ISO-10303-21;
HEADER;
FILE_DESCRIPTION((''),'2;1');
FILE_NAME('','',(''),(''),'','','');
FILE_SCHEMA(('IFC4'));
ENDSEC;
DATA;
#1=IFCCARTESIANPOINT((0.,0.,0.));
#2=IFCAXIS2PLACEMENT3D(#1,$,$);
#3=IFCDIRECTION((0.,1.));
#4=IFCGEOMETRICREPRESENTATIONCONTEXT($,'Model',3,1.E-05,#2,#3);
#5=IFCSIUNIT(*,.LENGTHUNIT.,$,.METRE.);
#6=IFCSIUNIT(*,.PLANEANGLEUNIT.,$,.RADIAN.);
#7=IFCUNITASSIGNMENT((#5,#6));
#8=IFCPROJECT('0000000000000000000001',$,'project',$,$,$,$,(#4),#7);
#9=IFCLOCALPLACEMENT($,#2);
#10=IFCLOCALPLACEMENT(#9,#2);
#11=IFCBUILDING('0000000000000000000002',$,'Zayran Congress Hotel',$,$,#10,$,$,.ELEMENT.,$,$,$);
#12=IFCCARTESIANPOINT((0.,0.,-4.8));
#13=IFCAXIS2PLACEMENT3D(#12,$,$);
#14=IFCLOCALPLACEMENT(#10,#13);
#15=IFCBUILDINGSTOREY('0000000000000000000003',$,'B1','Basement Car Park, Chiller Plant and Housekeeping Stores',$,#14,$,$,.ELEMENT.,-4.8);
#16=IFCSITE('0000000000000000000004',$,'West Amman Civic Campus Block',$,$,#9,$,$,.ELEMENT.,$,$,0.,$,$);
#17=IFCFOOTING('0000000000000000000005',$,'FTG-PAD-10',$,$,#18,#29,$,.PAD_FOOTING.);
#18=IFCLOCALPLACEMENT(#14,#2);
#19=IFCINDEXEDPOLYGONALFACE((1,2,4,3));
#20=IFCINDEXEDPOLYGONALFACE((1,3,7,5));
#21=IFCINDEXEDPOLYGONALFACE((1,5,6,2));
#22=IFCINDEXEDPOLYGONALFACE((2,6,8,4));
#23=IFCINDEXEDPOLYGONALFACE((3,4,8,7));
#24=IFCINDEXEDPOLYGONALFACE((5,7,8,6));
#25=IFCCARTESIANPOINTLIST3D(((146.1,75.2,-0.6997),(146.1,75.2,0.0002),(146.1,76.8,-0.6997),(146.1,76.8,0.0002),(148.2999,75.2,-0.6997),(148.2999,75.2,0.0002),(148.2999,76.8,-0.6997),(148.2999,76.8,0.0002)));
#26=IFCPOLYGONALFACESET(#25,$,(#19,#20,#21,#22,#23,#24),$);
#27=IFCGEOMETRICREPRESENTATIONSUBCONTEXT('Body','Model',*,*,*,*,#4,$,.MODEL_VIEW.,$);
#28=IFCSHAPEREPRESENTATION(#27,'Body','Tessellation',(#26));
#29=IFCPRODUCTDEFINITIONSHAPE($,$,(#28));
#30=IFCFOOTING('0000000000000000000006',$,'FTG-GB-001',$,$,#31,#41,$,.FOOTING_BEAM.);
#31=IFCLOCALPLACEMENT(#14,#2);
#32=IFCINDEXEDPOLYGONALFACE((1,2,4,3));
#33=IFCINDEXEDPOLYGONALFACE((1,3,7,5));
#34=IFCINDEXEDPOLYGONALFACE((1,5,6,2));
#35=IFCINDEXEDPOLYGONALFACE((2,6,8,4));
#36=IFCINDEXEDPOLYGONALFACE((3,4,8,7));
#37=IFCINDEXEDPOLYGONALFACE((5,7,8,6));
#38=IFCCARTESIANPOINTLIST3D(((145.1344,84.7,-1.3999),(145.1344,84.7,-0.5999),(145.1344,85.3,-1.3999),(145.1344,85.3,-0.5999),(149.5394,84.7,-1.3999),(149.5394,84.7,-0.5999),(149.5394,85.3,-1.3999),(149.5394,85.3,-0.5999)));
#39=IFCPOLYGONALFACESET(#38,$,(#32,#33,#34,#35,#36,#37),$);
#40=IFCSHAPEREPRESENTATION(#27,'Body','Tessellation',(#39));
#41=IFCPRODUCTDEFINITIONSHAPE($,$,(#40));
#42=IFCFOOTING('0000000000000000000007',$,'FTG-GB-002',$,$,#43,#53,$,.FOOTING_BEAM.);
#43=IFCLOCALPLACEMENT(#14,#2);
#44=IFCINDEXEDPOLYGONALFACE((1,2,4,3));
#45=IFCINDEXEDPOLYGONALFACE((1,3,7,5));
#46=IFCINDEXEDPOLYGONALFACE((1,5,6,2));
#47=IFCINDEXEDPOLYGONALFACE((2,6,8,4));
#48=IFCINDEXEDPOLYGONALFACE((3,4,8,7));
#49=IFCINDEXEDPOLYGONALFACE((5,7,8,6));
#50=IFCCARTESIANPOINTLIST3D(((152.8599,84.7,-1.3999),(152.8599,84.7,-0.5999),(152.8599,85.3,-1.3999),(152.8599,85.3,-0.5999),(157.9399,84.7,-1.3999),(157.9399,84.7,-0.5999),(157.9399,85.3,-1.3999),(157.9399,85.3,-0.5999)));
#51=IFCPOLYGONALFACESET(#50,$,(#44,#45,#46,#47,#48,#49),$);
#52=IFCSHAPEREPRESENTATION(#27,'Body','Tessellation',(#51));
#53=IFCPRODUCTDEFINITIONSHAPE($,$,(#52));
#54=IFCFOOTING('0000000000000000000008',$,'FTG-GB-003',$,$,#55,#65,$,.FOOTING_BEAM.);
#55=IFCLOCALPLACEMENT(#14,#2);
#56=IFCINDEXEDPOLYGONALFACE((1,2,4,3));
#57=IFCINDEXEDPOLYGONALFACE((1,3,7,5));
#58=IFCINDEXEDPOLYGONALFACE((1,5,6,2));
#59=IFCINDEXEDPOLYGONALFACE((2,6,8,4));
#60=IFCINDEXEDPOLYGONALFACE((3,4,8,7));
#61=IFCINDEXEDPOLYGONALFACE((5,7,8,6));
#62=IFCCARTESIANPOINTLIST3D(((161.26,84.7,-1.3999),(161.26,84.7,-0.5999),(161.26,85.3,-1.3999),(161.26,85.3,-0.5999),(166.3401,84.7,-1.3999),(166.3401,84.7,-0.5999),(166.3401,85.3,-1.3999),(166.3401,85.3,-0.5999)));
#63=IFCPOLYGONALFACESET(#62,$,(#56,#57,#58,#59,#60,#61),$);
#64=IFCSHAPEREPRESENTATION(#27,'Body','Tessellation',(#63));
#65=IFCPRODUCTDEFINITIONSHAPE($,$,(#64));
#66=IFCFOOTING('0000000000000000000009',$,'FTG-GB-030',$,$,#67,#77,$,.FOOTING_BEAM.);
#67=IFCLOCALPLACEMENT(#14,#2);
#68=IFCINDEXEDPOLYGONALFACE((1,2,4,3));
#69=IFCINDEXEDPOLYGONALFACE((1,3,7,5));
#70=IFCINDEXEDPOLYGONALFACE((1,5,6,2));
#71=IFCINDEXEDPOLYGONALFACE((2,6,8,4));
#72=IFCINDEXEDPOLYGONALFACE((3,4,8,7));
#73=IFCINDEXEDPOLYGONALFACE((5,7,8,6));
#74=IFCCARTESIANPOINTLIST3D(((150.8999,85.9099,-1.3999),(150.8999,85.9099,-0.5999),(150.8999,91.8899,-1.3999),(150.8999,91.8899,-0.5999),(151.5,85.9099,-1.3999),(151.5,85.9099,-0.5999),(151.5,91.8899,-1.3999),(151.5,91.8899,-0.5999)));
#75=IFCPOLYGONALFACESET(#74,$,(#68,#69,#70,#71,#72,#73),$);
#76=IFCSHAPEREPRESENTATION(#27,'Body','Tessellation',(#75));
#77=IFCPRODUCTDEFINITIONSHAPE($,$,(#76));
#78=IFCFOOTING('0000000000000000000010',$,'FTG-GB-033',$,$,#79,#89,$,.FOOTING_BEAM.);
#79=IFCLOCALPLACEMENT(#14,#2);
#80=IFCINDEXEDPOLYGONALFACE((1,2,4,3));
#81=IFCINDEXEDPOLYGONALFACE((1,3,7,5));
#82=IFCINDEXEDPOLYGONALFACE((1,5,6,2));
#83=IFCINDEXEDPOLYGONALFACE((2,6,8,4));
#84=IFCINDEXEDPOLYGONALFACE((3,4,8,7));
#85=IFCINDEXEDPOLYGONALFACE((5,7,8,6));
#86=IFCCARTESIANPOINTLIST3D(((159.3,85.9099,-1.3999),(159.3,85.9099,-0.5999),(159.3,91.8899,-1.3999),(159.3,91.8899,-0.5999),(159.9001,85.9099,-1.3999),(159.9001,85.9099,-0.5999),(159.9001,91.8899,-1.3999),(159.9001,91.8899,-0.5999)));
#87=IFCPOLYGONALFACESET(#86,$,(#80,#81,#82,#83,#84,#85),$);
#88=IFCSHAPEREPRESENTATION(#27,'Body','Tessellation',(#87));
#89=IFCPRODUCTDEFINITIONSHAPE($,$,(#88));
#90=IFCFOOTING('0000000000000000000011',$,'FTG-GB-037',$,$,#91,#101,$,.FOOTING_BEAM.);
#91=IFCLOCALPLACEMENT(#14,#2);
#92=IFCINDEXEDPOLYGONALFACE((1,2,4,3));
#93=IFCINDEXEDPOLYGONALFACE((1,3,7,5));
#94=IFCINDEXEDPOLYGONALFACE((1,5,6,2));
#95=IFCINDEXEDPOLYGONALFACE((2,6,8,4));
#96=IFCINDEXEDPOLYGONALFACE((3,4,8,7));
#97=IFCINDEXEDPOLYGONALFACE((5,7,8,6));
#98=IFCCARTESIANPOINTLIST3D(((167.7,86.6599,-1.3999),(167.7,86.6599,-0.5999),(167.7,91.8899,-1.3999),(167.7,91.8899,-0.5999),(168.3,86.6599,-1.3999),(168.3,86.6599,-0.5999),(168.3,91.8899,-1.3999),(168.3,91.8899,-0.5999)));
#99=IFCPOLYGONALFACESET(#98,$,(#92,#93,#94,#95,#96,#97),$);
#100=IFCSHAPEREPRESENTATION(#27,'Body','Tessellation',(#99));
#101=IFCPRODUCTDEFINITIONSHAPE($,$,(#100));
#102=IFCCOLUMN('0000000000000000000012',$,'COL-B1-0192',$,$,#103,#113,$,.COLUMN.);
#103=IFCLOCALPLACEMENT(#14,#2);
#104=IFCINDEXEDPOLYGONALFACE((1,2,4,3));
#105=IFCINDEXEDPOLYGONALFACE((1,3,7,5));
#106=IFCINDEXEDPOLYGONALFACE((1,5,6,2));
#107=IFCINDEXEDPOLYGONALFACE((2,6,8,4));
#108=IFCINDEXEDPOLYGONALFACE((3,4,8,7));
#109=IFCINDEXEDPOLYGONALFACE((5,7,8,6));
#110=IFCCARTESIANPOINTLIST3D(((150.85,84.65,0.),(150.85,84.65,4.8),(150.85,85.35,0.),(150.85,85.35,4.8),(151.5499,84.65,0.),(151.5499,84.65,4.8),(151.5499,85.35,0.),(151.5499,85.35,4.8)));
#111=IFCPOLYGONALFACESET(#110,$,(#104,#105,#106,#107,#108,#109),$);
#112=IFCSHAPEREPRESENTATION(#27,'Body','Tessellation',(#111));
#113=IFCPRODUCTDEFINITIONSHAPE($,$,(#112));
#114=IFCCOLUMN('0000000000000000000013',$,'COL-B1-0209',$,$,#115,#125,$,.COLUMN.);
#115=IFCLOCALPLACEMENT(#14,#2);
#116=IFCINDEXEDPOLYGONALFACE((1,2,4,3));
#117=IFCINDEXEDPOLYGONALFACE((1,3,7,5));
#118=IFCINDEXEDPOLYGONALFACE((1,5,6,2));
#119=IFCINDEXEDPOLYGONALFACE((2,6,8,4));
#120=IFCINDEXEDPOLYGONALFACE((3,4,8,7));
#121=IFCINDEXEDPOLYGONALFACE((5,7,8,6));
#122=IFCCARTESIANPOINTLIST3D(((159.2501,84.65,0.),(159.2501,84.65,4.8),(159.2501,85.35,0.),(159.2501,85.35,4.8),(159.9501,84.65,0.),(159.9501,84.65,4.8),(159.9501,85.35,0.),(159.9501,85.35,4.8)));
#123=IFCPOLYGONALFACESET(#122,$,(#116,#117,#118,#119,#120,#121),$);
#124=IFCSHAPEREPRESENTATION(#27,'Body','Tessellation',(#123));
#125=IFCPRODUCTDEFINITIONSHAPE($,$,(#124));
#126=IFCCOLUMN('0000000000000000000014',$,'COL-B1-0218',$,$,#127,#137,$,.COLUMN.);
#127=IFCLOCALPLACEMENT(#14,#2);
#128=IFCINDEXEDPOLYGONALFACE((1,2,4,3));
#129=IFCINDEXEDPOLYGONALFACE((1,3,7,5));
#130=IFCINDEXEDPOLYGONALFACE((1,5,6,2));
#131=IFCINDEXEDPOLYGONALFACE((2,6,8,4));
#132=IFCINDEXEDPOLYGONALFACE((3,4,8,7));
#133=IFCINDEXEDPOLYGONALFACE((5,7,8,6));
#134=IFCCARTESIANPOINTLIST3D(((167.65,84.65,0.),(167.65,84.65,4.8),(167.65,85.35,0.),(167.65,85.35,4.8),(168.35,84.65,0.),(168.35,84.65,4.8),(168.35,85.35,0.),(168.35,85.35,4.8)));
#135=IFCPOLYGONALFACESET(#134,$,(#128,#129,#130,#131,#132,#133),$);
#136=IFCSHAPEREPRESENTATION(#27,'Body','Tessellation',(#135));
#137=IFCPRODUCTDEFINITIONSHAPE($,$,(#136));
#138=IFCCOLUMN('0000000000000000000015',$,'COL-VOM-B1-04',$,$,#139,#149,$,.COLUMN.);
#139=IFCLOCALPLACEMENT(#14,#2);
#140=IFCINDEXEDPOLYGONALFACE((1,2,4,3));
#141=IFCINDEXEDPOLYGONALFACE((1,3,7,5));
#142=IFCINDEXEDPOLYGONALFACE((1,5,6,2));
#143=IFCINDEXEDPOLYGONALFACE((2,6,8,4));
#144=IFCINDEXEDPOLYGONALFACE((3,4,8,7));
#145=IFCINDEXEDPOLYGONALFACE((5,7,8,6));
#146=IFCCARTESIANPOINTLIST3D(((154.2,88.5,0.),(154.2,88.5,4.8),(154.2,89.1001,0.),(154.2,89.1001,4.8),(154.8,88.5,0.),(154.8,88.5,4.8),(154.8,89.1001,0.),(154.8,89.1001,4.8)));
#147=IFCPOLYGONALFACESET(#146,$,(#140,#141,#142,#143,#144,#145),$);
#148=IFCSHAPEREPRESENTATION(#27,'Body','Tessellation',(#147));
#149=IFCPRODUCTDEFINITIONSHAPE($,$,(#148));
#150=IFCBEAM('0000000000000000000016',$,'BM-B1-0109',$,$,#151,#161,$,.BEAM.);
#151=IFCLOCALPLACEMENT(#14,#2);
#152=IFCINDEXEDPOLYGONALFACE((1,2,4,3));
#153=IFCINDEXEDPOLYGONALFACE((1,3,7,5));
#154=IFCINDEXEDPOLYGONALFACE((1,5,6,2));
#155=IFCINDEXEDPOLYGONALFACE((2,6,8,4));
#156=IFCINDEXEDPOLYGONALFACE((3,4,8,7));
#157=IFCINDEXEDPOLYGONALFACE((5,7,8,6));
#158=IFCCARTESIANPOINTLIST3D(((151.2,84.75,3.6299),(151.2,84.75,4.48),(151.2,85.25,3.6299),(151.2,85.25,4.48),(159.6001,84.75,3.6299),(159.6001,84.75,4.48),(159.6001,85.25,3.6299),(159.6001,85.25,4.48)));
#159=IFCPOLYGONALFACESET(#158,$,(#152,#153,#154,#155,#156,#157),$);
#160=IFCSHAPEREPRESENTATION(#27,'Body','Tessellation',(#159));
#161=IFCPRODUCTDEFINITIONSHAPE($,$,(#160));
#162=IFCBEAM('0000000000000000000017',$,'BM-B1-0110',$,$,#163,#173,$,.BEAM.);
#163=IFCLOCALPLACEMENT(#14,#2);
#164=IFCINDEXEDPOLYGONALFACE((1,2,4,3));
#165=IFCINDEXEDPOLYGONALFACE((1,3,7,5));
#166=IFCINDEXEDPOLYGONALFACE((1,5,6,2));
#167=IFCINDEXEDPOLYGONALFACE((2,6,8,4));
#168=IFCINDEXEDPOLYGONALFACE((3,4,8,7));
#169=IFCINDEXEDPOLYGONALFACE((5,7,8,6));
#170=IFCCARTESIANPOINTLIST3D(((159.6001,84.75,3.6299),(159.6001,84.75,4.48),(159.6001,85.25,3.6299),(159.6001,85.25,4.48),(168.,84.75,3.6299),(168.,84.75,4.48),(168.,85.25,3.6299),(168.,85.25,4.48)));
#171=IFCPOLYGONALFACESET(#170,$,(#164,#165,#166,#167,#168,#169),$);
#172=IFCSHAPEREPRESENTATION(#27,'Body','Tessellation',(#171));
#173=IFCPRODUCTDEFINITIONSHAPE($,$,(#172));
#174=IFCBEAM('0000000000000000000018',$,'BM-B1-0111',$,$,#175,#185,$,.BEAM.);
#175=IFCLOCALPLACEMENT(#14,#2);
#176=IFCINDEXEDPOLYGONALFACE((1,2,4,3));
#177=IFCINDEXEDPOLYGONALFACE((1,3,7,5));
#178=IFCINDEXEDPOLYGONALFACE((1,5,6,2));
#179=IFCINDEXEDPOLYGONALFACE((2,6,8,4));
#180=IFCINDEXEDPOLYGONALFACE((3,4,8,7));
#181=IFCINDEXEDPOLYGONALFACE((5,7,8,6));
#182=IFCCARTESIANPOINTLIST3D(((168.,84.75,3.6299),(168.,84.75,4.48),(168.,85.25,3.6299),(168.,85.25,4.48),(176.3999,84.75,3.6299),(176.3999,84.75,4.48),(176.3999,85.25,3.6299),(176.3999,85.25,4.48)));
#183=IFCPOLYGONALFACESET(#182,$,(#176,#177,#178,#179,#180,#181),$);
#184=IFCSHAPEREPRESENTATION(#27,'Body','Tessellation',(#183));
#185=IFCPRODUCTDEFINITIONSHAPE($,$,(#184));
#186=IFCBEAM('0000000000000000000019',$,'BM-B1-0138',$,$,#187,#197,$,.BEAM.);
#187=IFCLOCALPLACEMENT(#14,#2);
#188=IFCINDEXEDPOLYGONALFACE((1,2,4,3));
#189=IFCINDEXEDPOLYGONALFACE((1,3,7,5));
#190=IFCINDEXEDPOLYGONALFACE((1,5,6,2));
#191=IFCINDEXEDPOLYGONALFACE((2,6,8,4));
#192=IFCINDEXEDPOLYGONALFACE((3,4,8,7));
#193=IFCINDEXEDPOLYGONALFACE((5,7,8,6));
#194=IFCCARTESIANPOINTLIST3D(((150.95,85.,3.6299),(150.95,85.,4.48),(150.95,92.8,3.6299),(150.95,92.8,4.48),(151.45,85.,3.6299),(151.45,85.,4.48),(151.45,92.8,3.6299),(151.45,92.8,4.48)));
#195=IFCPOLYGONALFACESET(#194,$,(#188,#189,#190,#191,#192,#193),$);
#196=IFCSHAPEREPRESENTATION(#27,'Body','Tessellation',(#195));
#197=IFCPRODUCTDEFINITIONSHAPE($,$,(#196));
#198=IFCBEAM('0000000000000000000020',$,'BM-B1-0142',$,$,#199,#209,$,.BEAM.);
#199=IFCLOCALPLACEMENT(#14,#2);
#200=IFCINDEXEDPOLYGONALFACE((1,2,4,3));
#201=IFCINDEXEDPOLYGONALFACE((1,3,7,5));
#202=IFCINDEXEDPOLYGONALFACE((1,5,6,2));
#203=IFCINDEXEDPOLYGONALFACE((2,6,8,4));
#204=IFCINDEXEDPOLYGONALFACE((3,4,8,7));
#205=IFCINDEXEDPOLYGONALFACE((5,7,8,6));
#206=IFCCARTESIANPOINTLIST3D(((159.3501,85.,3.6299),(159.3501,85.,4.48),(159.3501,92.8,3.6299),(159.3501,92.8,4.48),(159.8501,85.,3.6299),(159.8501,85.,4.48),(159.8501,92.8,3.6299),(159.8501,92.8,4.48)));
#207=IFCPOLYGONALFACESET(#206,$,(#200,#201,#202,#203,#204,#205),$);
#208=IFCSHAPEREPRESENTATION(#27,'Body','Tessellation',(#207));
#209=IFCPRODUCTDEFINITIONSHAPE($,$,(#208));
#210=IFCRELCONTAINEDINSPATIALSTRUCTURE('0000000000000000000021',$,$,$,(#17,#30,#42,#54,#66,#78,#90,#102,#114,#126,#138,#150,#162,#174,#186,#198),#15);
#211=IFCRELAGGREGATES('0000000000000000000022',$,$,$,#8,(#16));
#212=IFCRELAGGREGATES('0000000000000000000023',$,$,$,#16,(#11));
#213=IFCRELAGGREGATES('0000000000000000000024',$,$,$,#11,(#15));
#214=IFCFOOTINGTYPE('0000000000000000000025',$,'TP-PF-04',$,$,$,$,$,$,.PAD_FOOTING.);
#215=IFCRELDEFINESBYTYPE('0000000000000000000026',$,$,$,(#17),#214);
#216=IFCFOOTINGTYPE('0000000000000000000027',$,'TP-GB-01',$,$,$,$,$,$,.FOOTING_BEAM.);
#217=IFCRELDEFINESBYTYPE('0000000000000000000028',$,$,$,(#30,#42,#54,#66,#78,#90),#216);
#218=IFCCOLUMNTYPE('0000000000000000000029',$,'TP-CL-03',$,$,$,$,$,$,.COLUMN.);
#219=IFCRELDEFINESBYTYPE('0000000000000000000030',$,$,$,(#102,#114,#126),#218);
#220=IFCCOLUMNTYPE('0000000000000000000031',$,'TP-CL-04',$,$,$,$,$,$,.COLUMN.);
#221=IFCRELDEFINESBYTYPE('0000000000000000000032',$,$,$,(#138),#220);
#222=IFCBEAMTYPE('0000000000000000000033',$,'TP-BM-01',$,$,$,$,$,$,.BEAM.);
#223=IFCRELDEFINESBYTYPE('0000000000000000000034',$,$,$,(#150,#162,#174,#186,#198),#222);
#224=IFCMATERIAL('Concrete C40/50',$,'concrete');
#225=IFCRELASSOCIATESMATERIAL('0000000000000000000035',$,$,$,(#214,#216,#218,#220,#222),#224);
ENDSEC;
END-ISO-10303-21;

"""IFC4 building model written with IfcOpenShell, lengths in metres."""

from ifc_helpers import new_model, si_unit, direction, frame, origin, origin_2d, place, context, subcontext, project, spatial, rectangle, extrude, material, material_profile, profile_set, type_object, element, save


model = new_model("IFC4")

# Units and contexts
model_context = context("Model", 3, precision=1e-05, world=origin(), true_north=direction((0.0, 1.0)))
body_context = subcontext(model_context, "Body", "Model", "MODEL_VIEW")
ifc_project = project(units=[si_unit("LENGTHUNIT", "METRE"), si_unit("PLANEANGLEUNIT", "RADIAN")], contexts=[model_context])

# Site, building, storey
site_placement = place(None, origin())
site = spatial("IfcSite", under=ifc_project, at=site_placement, Name="West Amman Civic Campus Block", CompositionType="ELEMENT", RefElevation=0.0)
building_placement = place(site_placement, origin())
building = spatial("IfcBuilding", under=site, at=building_placement, Name="Zayran Congress Hotel", CompositionType="ELEMENT")
storey_placement = place(building_placement, frame((0.0, 0.0, -4.8)))
storey = spatial("IfcBuildingStorey", under=building, at=storey_placement, Name="B1", Description="Basement Car Park, Chiller Plant and Housekeeping Stores", CompositionType="ELEMENT", Elevation=-4.8)

# Shared definitions
ifc_material = material(Name="Concrete C40/50", Category="concrete")

# Footings
footing_type_1 = type_object("IfcFootingType", Name="TP-PF-04", PredefinedType="PAD_FOOTING", material=ifc_material)
footing_1_placement = place(storey_placement, frame((147.2, 76.0, -0.6997), z_axis=(0.0, 0.0, 1.0), x_axis=(1.0, 0.0, 0.0)))
element("IfcFooting", 1, at=footing_1_placement, inside=storey, type_object=footing_type_1, Name="FTG-PAD-10", PredefinedType="PAD_FOOTING", context=body_context, shape_type="SweptSolid", body=[
    extrude(rectangle(XDim=2.2, YDim=1.6001, at=origin_2d()), origin(), (0.0, 0.0, 1.0), 0.7),
])
footing_type_2 = type_object("IfcFootingType", Name="TP-GB-01", PredefinedType="FOOTING_BEAM", material=ifc_material)
footing_2_placement = place(storey_placement, frame((147.3369, 85.0, -1.3999), z_axis=(0.0, 0.0, 1.0), x_axis=(1.0, 0.0, 0.0)))
element("IfcFooting", 2, at=footing_2_placement, inside=storey, type_object=footing_type_2, Name="FTG-GB-001", PredefinedType="FOOTING_BEAM", context=body_context, shape_type="SweptSolid", body=[
    extrude(rectangle(XDim=4.405, YDim=0.6001, at=origin_2d()), origin(), (0.0, 0.0, 1.0), 0.8),
])
for number, where, z_axis, x_axis, name in (
    (3, (155.3999, 85.0, -1.3999), (0.0, 0.0, 1.0), (1.0, 0.0, 0.0), "FTG-GB-002"),
    (4, (163.8, 85.0, -1.3999), (0.0, 0.0, 1.0), (1.0, 0.0, 0.0), "FTG-GB-003"),
):
    element("IfcFooting", number, at=place(storey_placement, frame(where, z_axis=z_axis, x_axis=x_axis)), inside=storey, type_object=footing_type_2, Name=name, PredefinedType="FOOTING_BEAM", context=body_context, shape_type="SweptSolid", body=[
        extrude(rectangle(XDim=5.0801, YDim=0.6001, at=origin_2d()), origin(), (0.0, 0.0, 1.0), 0.8),
    ])
for number, where, z_axis, x_axis, name in (
    (5, (151.2, 88.8999, -1.3999), (0.0, 0.0, 1.0), (0.0, 1.0, 0.0), "FTG-GB-030"),
    (6, (159.6001, 88.8999, -1.3999), (0.0, 0.0, 1.0), (0.0, 1.0, 0.0), "FTG-GB-033"),
):
    element("IfcFooting", number, at=place(storey_placement, frame(where, z_axis=z_axis, x_axis=x_axis)), inside=storey, type_object=footing_type_2, Name=name, PredefinedType="FOOTING_BEAM", context=body_context, shape_type="SweptSolid", body=[
        extrude(rectangle(XDim=5.98, YDim=0.6001, at=origin_2d()), origin(), (0.0, 0.0, 1.0), 0.8),
    ])
footing_3_placement = place(storey_placement, frame((168.0, 89.2749, -1.3999), z_axis=(0.0, 0.0, 1.0), x_axis=(0.0, 1.0, 0.0)))
element("IfcFooting", 7, at=footing_3_placement, inside=storey, type_object=footing_type_2, Name="FTG-GB-037", PredefinedType="FOOTING_BEAM", context=body_context, shape_type="SweptSolid", body=[
    extrude(rectangle(XDim=5.23, YDim=0.6001, at=origin_2d()), origin(), (0.0, 0.0, 1.0), 0.8),
])

# Columns
ifc_material_profile_1 = material_profile(ifc_material, rectangle(XDim=0.7, YDim=0.7, at=origin_2d()), Name="RC 700x700")
ifc_profile_set_1 = profile_set([ifc_material_profile_1], Name="Concrete C40/50")
column_type_1 = type_object("IfcColumnType", Name="TP-CL-03", PredefinedType="COLUMN", material=ifc_profile_set_1)
for number, where, z_axis, x_axis, name in (
    (8, (151.2, 85.0, 0.0), (0.0, 0.0, 1.0), (1.0, 0.0, 0.0), "COL-B1-0192"),
    (9, (159.6001, 85.0, 0.0), (0.0, 0.0, 1.0), (1.0, 0.0, 0.0), "COL-B1-0209"),
    (10, (168.0, 85.0, 0.0), (0.0, 0.0, 1.0), (1.0, 0.0, 0.0), "COL-B1-0218"),
):
    element("IfcColumn", number, at=place(storey_placement, frame(where, z_axis=z_axis, x_axis=x_axis)), inside=storey, type_object=column_type_1, Name=name, PredefinedType="COLUMN", context=body_context, shape_type="SweptSolid", body=[
        extrude(rectangle(XDim=0.7, YDim=0.7, at=origin_2d()), origin(), (0.0, 0.0, 1.0), 4.8),
    ])
ifc_material_profile_2 = material_profile(ifc_material, rectangle(XDim=0.6001, YDim=0.6001, at=origin_2d()), Name="RC 600x600")
ifc_profile_set_2 = profile_set([ifc_material_profile_2], Name="Concrete C40/50")
column_type_2 = type_object("IfcColumnType", Name="TP-CL-04", PredefinedType="COLUMN", material=ifc_profile_set_2)
column_placement = place(storey_placement, frame((154.5, 88.8, 0.0), z_axis=(0.0, 0.0, 1.0), x_axis=(1.0, 0.0, 0.0)))
element("IfcColumn", 11, at=column_placement, inside=storey, type_object=column_type_2, Name="COL-VOM-B1-04", PredefinedType="COLUMN", context=body_context, shape_type="SweptSolid", body=[
    extrude(rectangle(XDim=0.6001, YDim=0.6001, at=origin_2d()), origin(), (0.0, 0.0, 1.0), 4.8),
])

# Beams
ifc_material_profile_3 = material_profile(ifc_material, rectangle(XDim=0.5, YDim=0.8501, at=origin_2d()), Name="RC 500x850")
ifc_profile_set_3 = profile_set([ifc_material_profile_3], Name="Concrete C40/50")
beam_type = type_object("IfcBeamType", Name="TP-BM-01", PredefinedType="BEAM", material=ifc_profile_set_3)
beam_placement = place(storey_placement, frame((151.2, 85.0, 4.0549), z_axis=(1.0, 0.0, 0.0), x_axis=(0.0, 1.0, 0.0)))
element("IfcBeam", 12, at=beam_placement, inside=storey, type_object=beam_type, Name="BM-B1-0109", PredefinedType="BEAM", context=body_context, shape_type="SweptSolid", body=[
    extrude(rectangle(XDim=0.5, YDim=0.8501, at=origin_2d()), origin(), (0.0, 0.0, 1.0), 8.4001),
])
for number, where, z_axis, x_axis, name in (
    (13, (159.6001, 85.0, 4.0549), (1.0, 0.0, 0.0), (0.0, 1.0, 0.0), "BM-B1-0110"),
    (14, (168.0, 85.0, 4.0549), (1.0, 0.0, 0.0), (0.0, 1.0, 0.0), "BM-B1-0111"),
):
    element("IfcBeam", number, at=place(storey_placement, frame(where, z_axis=z_axis, x_axis=x_axis)), inside=storey, type_object=beam_type, Name=name, PredefinedType="BEAM", context=body_context, shape_type="SweptSolid", body=[
        extrude(rectangle(XDim=0.5, YDim=0.8501, at=origin_2d()), origin(), (0.0, 0.0, 1.0), 8.3999),
    ])
for number, where, z_axis, x_axis, name in (
    (15, (151.2, 85.0, 4.0549), (0.0, 1.0, 0.0), (-1.0, 0.0, 0.0), "BM-B1-0138"),
    (16, (159.6001, 85.0, 4.0549), (0.0, 1.0, 0.0), (-1.0, 0.0, 0.0), "BM-B1-0142"),
):
    element("IfcBeam", number, at=place(storey_placement, frame(where, z_axis=z_axis, x_axis=x_axis)), inside=storey, type_object=beam_type, Name=name, PredefinedType="BEAM", context=body_context, shape_type="SweptSolid", body=[
        extrude(rectangle(XDim=0.5, YDim=0.8501, at=origin_2d()), origin(), (0.0, 0.0, 1.0), 7.8),
    ])

save(model, "model.ifc")
